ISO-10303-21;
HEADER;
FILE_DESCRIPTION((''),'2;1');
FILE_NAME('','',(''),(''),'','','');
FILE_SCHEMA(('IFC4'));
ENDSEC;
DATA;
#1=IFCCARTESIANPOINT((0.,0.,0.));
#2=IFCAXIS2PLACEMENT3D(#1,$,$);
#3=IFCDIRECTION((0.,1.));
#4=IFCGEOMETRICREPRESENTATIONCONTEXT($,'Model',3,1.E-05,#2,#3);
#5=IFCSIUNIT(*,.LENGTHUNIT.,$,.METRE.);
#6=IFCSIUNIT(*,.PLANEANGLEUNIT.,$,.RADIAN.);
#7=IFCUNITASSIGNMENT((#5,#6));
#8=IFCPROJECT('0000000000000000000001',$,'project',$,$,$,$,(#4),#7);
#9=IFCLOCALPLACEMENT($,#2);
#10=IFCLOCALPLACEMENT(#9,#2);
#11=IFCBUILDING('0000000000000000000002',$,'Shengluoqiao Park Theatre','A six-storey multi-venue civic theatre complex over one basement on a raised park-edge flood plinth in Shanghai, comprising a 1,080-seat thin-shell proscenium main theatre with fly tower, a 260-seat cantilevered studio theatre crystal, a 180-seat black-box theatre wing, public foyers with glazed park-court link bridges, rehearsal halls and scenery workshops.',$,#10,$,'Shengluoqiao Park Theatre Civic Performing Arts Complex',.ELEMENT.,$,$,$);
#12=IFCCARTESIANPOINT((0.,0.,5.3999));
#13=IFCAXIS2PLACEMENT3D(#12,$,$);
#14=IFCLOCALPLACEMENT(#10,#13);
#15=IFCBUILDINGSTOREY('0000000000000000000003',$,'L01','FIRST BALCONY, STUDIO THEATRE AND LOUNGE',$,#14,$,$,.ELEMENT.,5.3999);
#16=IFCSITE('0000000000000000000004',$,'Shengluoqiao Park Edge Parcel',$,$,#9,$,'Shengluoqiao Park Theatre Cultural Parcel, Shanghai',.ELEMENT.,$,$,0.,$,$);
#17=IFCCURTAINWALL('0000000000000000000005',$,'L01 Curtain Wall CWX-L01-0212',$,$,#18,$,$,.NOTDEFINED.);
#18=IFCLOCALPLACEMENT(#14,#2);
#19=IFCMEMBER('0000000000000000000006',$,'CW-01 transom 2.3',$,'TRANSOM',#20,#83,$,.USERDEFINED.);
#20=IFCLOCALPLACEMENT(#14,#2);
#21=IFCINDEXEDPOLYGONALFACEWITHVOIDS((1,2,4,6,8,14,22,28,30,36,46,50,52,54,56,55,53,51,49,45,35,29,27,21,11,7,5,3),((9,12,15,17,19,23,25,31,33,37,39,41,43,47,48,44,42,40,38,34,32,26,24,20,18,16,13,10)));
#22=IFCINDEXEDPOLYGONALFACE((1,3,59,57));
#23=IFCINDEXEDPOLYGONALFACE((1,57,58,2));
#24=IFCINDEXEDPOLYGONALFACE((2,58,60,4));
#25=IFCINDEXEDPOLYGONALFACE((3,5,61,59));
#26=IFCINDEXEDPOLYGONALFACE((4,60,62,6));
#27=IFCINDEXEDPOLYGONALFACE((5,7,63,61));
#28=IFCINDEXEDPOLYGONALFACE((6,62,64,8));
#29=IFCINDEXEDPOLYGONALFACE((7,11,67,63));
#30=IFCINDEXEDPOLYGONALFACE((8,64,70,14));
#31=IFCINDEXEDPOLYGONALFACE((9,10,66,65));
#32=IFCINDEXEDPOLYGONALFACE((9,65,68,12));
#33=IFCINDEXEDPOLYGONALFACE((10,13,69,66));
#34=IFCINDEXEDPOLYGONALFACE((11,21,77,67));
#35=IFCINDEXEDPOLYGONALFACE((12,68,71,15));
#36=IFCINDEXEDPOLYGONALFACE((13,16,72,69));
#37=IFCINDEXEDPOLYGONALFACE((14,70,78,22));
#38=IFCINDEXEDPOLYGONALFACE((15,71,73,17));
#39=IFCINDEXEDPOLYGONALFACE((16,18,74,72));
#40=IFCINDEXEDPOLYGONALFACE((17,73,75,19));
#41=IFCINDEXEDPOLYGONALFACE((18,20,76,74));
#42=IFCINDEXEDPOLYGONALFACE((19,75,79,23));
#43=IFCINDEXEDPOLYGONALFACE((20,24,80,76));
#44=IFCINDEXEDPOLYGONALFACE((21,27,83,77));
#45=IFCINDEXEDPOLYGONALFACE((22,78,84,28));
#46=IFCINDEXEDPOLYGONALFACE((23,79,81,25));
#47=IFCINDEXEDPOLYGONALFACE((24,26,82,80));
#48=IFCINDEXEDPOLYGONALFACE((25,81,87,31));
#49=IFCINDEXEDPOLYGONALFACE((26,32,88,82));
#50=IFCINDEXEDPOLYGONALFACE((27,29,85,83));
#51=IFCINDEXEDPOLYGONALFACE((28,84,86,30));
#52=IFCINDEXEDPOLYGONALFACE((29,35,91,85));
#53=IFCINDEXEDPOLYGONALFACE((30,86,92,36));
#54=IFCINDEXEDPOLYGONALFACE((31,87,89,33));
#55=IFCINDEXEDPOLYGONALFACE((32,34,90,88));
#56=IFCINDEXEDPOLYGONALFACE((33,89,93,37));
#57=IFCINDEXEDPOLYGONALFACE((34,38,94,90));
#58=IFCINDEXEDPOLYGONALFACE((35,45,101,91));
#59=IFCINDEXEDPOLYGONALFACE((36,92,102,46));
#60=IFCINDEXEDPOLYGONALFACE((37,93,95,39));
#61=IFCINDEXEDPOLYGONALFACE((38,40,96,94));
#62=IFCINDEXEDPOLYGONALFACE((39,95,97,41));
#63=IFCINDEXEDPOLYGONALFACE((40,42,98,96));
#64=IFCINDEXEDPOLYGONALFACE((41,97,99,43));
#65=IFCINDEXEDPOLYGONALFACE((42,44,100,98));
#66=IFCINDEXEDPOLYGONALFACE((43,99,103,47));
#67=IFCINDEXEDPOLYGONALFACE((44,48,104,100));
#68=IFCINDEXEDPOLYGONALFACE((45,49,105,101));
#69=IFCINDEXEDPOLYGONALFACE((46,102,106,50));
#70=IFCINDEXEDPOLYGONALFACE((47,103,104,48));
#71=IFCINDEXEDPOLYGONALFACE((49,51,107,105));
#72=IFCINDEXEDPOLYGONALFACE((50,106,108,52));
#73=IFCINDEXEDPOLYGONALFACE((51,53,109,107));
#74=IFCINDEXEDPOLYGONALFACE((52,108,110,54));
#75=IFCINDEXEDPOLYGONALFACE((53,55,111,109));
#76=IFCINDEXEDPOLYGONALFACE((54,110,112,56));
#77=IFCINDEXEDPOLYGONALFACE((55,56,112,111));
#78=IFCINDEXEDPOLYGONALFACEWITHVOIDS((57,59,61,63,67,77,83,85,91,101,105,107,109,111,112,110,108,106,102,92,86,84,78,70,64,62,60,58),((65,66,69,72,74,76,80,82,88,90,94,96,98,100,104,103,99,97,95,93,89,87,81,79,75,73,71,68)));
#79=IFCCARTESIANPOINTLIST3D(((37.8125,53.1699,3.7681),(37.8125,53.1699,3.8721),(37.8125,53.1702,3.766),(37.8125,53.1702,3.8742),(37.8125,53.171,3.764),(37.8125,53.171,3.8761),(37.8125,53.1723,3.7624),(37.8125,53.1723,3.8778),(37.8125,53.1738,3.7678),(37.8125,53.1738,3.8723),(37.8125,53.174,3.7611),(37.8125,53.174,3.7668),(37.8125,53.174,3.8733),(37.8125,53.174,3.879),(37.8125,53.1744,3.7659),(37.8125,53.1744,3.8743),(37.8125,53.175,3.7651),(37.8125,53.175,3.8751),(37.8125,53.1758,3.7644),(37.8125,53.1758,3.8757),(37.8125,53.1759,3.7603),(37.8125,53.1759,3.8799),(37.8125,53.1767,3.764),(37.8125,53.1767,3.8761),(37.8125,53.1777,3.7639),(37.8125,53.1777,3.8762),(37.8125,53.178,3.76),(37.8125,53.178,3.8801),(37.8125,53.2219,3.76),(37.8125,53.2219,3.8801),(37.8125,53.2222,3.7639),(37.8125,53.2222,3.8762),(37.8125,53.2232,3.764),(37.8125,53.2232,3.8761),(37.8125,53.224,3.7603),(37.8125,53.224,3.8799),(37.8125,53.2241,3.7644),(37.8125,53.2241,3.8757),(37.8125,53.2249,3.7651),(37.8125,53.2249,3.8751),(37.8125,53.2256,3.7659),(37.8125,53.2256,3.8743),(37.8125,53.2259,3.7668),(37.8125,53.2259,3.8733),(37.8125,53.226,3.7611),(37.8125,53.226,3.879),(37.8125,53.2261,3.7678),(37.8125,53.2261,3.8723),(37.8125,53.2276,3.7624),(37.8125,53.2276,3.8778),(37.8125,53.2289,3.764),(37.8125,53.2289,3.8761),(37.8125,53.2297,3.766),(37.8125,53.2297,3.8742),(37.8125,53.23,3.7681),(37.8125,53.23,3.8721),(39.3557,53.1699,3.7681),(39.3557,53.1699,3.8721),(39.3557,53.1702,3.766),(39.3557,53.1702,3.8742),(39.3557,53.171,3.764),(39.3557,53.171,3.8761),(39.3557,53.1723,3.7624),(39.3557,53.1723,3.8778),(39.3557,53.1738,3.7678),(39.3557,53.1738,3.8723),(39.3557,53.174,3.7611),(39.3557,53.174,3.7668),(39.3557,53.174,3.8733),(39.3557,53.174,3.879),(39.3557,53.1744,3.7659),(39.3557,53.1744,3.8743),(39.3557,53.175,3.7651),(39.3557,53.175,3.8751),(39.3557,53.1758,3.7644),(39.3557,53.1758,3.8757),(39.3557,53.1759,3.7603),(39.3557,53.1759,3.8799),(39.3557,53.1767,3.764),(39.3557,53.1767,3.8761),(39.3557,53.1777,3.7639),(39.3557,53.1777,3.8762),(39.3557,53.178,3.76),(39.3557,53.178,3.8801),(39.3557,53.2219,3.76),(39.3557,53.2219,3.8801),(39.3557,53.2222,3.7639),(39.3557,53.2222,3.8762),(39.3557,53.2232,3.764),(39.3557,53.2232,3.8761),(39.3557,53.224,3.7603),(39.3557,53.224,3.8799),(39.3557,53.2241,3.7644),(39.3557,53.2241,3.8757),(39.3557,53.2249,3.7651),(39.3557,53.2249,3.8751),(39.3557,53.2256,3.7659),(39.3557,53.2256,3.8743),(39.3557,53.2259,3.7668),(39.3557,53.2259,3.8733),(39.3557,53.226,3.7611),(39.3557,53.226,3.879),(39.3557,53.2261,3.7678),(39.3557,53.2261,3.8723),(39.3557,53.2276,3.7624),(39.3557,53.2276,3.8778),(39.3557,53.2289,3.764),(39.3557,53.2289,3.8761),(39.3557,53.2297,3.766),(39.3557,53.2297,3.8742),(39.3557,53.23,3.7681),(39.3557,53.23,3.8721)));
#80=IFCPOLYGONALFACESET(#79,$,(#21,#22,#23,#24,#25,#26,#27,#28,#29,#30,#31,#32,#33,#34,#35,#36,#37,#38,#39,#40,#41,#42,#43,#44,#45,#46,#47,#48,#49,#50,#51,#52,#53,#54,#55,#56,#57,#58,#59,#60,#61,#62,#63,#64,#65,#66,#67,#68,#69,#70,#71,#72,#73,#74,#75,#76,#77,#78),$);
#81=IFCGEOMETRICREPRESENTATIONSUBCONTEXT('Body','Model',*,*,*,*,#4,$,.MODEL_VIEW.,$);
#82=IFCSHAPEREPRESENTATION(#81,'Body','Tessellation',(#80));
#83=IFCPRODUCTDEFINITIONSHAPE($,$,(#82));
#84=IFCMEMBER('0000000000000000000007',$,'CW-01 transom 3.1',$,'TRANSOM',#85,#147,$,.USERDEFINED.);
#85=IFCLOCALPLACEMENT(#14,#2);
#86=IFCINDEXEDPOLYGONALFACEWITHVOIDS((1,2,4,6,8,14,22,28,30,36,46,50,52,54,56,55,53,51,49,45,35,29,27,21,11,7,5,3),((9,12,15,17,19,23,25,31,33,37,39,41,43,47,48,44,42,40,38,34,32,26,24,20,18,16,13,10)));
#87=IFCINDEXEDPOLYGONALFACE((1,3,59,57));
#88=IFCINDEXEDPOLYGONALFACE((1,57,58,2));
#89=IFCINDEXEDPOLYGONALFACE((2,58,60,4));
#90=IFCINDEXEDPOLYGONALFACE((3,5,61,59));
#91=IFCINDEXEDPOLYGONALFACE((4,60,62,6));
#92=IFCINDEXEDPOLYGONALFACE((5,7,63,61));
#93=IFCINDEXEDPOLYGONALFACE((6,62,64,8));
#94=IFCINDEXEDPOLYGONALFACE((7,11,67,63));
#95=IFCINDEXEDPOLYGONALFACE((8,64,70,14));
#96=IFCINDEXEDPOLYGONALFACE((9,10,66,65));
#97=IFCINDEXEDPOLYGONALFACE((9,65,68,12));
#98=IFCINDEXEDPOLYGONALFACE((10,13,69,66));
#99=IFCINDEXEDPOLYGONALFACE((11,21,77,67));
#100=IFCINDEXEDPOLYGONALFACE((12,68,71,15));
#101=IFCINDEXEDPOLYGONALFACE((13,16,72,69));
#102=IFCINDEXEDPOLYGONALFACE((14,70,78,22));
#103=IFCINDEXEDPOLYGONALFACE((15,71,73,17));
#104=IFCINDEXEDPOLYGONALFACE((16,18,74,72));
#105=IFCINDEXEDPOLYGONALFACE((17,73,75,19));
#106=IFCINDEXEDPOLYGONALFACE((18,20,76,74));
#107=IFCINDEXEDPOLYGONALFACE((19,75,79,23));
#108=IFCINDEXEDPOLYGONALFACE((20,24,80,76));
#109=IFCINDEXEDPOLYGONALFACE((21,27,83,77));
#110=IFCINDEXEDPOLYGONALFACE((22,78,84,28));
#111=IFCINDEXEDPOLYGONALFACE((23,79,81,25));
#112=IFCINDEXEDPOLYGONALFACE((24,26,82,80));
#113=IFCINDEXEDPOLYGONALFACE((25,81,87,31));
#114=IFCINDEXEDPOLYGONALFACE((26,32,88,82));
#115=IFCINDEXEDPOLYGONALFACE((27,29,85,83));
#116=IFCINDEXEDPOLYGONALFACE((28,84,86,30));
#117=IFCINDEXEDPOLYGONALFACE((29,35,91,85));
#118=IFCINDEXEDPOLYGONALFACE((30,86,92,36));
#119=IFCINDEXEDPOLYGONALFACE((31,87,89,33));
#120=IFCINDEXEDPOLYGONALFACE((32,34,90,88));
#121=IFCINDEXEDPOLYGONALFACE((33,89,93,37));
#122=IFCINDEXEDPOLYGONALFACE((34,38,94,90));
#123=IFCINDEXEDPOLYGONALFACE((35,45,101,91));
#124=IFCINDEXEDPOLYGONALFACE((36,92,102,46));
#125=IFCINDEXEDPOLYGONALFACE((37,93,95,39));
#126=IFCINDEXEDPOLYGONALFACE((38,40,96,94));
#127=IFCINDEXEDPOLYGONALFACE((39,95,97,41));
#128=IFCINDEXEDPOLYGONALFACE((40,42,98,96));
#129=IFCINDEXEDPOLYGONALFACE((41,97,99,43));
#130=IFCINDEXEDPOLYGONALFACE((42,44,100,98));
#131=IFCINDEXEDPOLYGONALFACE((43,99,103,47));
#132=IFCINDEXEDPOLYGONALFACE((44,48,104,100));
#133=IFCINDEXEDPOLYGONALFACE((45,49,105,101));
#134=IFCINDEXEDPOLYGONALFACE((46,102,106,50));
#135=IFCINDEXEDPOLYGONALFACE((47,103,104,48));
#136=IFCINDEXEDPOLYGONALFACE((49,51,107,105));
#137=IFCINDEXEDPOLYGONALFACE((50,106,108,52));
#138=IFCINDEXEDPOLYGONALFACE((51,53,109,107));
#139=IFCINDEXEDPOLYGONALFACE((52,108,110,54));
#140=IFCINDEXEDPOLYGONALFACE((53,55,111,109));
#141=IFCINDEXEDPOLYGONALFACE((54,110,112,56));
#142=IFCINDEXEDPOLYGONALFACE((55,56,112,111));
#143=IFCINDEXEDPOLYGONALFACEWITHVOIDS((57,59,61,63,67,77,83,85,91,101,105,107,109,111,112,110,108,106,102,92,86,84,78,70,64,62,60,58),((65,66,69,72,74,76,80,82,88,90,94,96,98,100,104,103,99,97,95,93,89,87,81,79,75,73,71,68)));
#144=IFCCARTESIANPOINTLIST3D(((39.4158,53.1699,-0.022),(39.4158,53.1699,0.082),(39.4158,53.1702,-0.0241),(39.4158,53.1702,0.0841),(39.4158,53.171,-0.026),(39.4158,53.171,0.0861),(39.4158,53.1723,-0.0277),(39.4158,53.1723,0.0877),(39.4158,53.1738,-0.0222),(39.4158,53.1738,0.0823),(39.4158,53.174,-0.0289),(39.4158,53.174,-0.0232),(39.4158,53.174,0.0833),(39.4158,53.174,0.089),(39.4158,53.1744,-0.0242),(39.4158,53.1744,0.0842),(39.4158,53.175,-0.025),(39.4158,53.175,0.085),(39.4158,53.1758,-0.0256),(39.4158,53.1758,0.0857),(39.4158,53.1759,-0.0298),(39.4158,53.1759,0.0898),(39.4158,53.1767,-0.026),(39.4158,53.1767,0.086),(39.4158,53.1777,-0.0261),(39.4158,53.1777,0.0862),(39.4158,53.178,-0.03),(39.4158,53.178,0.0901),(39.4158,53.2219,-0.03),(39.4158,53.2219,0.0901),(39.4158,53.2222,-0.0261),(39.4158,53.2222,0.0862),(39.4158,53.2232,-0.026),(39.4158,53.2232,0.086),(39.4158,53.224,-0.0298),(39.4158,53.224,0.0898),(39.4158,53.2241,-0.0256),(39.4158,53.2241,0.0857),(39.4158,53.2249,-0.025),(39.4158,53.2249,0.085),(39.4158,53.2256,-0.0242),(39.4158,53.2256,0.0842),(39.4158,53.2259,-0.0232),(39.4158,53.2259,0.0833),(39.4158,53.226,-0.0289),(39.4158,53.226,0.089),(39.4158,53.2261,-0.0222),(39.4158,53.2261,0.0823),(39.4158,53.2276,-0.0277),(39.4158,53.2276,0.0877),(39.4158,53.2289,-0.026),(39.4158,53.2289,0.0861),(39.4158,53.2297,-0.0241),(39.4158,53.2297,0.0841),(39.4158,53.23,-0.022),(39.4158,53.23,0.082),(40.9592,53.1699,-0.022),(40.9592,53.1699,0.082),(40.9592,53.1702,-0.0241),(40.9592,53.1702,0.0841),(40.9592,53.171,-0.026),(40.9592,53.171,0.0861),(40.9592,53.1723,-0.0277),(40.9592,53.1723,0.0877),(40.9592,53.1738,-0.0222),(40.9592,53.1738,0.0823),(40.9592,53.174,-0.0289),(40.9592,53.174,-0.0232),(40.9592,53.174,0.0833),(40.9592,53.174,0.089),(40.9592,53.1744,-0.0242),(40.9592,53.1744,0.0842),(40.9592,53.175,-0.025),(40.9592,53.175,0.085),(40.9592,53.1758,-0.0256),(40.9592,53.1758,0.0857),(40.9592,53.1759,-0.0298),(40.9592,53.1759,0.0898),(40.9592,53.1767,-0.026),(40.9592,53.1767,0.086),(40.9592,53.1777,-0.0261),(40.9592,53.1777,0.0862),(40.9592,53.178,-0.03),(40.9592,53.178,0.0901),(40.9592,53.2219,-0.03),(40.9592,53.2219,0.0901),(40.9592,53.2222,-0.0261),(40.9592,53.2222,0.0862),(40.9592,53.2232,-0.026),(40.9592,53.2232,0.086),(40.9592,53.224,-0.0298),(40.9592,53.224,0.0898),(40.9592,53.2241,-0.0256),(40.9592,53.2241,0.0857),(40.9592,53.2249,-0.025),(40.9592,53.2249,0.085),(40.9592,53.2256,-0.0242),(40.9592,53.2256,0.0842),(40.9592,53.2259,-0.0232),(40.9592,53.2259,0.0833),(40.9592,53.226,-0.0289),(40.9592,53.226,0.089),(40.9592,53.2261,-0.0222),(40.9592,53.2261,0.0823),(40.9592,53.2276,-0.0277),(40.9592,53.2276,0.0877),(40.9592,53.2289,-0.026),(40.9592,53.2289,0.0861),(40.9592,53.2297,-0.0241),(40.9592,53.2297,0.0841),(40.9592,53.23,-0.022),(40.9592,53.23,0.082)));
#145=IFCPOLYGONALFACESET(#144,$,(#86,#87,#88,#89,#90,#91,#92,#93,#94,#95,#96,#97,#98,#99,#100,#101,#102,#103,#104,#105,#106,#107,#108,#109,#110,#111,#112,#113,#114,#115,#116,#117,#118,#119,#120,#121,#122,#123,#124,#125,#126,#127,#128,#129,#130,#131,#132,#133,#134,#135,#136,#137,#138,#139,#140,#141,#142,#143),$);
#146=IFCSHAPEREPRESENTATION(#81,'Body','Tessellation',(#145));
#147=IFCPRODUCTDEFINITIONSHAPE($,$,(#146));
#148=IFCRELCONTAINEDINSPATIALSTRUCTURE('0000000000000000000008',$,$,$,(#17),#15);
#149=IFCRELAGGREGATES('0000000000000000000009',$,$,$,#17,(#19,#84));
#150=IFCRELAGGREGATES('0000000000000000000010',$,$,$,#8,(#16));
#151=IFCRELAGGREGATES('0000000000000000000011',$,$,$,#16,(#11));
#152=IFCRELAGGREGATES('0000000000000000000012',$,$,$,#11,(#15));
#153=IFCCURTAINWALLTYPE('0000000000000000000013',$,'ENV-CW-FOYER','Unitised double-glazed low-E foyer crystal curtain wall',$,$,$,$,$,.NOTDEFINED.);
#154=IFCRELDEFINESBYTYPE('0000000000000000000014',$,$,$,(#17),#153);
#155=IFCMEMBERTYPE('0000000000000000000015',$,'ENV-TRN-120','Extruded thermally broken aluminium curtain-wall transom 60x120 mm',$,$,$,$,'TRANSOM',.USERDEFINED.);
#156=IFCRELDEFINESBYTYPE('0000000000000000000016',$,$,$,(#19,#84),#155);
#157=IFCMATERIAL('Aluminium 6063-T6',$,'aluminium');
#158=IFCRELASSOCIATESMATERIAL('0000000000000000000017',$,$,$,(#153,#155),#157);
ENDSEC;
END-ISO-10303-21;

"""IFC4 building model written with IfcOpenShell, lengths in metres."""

from ifc_helpers import new_model, si_unit, direction, frame, origin, origin_2d, place, context, subcontext, project, spatial, hollow_rectangle, extrude, material, material_profile, profile_set, type_object, element, aggregate, save


model = new_model("IFC4")

# Units and contexts
model_context = context("Model", 3, precision=1e-05, world=origin(), true_north=direction((0.0, 1.0)))
body_context = subcontext(model_context, "Body", "Model", "MODEL_VIEW")
ifc_project = project(units=[si_unit("LENGTHUNIT", "METRE"), si_unit("PLANEANGLEUNIT", "RADIAN")], contexts=[model_context])

# Site, building, storey
site_placement = place(None, origin())
site = spatial("IfcSite", under=ifc_project, at=site_placement, Name="Shengluoqiao Park Edge Parcel", LongName="Shengluoqiao Park Theatre Cultural Parcel, Shanghai", CompositionType="ELEMENT", RefElevation=0.0)
building_placement = place(site_placement, origin())
building = spatial("IfcBuilding", under=site, at=building_placement, Name="Shengluoqiao Park Theatre", Description="A six-storey multi-venue civic theatre complex over one basement on a raised park-edge flood plinth in Shanghai, comprising a 1,080-seat thin-shell proscenium main theatre with fly tower, a 260-seat cantilevered studio theatre crystal, a 180-seat black-box theatre wing, public foyers with glazed park-court link bridges, rehearsal halls and scenery workshops.", LongName="Shengluoqiao Park Theatre Civic Performing Arts Complex", CompositionType="ELEMENT")
storey_placement = place(building_placement, frame((0.0, 0.0, 5.3999)))
storey = spatial("IfcBuildingStorey", under=building, at=storey_placement, Name="L01", Description="FIRST BALCONY, STUDIO THEATRE AND LOUNGE", CompositionType="ELEMENT", Elevation=5.3999)

# Curtain wall, members
ifc_material_1 = material(Name="Aluminium 6063-T6", Category="aluminium")
curtain_wall_type = type_object("IfcCurtainWallType", Name="ENV-CW-FOYER", Description="Unitised double-glazed low-E foyer crystal curtain wall", PredefinedType="NOTDEFINED", material=ifc_material_1)
curtain_wall_placement = place(storey_placement, origin())
curtain_wall = element("IfcCurtainWall", 1, at=curtain_wall_placement, inside=storey, type_object=curtain_wall_type, Name="L01 Curtain Wall CWX-L01-0212", PredefinedType="NOTDEFINED")
ifc_material_profile_1 = material_profile(ifc_material_1, hollow_rectangle(XDim=0.0601, YDim=0.1201, WallThickness=0.0039, InnerFilletRadius=0.0039, OuterFilletRadius=0.0081, at=origin_2d()), Name="ALU TRANSOM 120x60x4")
ifc_profile_set_1 = profile_set([ifc_material_profile_1], Name="Aluminium 6063-T6")
member_type_1 = type_object("IfcMemberType", Name="ENV-TRN-120", Description="Extruded thermally broken aluminium curtain-wall transom 60x120 mm", ElementType="TRANSOM", PredefinedType="USERDEFINED", material=ifc_profile_set_1)
member_1_placement = place(storey_placement, frame((37.8125, 53.2, 3.8201), z_axis=(1.0, 0.0, 0.0), x_axis=(0.0, 1.0, 0.0)))
member_1 = element("IfcMember", 2, at=member_1_placement, type_object=member_type_1, Name="CW-01 transom 2.3", ObjectType="TRANSOM", PredefinedType="USERDEFINED", context=body_context, shape_type="SweptSolid", body=[
    extrude(hollow_rectangle(XDim=0.0601, YDim=0.1201, WallThickness=0.0039, InnerFilletRadius=0.0039, OuterFilletRadius=0.0081, at=origin_2d()), origin(), (0.0, 0.0, 1.0), 1.5432),
])
member_2_placement = place(storey_placement, frame((39.4158, 53.2, 0.03), z_axis=(1.0, 0.0, 0.0), x_axis=(0.0, 1.0, 0.0)))
member_2 = element("IfcMember", 3, at=member_2_placement, type_object=member_type_1, Name="CW-01 transom 3.1", ObjectType="TRANSOM", PredefinedType="USERDEFINED", context=body_context, shape_type="SweptSolid", body=[
    extrude(hollow_rectangle(XDim=0.0601, YDim=0.1201, WallThickness=0.0039, InnerFilletRadius=0.0039, OuterFilletRadius=0.0081, at=origin_2d()), origin(), (0.0, 0.0, 1.0), 1.5435),
])

aggregate(curtain_wall, [member_1, member_2])

save(model, "model.ifc")
